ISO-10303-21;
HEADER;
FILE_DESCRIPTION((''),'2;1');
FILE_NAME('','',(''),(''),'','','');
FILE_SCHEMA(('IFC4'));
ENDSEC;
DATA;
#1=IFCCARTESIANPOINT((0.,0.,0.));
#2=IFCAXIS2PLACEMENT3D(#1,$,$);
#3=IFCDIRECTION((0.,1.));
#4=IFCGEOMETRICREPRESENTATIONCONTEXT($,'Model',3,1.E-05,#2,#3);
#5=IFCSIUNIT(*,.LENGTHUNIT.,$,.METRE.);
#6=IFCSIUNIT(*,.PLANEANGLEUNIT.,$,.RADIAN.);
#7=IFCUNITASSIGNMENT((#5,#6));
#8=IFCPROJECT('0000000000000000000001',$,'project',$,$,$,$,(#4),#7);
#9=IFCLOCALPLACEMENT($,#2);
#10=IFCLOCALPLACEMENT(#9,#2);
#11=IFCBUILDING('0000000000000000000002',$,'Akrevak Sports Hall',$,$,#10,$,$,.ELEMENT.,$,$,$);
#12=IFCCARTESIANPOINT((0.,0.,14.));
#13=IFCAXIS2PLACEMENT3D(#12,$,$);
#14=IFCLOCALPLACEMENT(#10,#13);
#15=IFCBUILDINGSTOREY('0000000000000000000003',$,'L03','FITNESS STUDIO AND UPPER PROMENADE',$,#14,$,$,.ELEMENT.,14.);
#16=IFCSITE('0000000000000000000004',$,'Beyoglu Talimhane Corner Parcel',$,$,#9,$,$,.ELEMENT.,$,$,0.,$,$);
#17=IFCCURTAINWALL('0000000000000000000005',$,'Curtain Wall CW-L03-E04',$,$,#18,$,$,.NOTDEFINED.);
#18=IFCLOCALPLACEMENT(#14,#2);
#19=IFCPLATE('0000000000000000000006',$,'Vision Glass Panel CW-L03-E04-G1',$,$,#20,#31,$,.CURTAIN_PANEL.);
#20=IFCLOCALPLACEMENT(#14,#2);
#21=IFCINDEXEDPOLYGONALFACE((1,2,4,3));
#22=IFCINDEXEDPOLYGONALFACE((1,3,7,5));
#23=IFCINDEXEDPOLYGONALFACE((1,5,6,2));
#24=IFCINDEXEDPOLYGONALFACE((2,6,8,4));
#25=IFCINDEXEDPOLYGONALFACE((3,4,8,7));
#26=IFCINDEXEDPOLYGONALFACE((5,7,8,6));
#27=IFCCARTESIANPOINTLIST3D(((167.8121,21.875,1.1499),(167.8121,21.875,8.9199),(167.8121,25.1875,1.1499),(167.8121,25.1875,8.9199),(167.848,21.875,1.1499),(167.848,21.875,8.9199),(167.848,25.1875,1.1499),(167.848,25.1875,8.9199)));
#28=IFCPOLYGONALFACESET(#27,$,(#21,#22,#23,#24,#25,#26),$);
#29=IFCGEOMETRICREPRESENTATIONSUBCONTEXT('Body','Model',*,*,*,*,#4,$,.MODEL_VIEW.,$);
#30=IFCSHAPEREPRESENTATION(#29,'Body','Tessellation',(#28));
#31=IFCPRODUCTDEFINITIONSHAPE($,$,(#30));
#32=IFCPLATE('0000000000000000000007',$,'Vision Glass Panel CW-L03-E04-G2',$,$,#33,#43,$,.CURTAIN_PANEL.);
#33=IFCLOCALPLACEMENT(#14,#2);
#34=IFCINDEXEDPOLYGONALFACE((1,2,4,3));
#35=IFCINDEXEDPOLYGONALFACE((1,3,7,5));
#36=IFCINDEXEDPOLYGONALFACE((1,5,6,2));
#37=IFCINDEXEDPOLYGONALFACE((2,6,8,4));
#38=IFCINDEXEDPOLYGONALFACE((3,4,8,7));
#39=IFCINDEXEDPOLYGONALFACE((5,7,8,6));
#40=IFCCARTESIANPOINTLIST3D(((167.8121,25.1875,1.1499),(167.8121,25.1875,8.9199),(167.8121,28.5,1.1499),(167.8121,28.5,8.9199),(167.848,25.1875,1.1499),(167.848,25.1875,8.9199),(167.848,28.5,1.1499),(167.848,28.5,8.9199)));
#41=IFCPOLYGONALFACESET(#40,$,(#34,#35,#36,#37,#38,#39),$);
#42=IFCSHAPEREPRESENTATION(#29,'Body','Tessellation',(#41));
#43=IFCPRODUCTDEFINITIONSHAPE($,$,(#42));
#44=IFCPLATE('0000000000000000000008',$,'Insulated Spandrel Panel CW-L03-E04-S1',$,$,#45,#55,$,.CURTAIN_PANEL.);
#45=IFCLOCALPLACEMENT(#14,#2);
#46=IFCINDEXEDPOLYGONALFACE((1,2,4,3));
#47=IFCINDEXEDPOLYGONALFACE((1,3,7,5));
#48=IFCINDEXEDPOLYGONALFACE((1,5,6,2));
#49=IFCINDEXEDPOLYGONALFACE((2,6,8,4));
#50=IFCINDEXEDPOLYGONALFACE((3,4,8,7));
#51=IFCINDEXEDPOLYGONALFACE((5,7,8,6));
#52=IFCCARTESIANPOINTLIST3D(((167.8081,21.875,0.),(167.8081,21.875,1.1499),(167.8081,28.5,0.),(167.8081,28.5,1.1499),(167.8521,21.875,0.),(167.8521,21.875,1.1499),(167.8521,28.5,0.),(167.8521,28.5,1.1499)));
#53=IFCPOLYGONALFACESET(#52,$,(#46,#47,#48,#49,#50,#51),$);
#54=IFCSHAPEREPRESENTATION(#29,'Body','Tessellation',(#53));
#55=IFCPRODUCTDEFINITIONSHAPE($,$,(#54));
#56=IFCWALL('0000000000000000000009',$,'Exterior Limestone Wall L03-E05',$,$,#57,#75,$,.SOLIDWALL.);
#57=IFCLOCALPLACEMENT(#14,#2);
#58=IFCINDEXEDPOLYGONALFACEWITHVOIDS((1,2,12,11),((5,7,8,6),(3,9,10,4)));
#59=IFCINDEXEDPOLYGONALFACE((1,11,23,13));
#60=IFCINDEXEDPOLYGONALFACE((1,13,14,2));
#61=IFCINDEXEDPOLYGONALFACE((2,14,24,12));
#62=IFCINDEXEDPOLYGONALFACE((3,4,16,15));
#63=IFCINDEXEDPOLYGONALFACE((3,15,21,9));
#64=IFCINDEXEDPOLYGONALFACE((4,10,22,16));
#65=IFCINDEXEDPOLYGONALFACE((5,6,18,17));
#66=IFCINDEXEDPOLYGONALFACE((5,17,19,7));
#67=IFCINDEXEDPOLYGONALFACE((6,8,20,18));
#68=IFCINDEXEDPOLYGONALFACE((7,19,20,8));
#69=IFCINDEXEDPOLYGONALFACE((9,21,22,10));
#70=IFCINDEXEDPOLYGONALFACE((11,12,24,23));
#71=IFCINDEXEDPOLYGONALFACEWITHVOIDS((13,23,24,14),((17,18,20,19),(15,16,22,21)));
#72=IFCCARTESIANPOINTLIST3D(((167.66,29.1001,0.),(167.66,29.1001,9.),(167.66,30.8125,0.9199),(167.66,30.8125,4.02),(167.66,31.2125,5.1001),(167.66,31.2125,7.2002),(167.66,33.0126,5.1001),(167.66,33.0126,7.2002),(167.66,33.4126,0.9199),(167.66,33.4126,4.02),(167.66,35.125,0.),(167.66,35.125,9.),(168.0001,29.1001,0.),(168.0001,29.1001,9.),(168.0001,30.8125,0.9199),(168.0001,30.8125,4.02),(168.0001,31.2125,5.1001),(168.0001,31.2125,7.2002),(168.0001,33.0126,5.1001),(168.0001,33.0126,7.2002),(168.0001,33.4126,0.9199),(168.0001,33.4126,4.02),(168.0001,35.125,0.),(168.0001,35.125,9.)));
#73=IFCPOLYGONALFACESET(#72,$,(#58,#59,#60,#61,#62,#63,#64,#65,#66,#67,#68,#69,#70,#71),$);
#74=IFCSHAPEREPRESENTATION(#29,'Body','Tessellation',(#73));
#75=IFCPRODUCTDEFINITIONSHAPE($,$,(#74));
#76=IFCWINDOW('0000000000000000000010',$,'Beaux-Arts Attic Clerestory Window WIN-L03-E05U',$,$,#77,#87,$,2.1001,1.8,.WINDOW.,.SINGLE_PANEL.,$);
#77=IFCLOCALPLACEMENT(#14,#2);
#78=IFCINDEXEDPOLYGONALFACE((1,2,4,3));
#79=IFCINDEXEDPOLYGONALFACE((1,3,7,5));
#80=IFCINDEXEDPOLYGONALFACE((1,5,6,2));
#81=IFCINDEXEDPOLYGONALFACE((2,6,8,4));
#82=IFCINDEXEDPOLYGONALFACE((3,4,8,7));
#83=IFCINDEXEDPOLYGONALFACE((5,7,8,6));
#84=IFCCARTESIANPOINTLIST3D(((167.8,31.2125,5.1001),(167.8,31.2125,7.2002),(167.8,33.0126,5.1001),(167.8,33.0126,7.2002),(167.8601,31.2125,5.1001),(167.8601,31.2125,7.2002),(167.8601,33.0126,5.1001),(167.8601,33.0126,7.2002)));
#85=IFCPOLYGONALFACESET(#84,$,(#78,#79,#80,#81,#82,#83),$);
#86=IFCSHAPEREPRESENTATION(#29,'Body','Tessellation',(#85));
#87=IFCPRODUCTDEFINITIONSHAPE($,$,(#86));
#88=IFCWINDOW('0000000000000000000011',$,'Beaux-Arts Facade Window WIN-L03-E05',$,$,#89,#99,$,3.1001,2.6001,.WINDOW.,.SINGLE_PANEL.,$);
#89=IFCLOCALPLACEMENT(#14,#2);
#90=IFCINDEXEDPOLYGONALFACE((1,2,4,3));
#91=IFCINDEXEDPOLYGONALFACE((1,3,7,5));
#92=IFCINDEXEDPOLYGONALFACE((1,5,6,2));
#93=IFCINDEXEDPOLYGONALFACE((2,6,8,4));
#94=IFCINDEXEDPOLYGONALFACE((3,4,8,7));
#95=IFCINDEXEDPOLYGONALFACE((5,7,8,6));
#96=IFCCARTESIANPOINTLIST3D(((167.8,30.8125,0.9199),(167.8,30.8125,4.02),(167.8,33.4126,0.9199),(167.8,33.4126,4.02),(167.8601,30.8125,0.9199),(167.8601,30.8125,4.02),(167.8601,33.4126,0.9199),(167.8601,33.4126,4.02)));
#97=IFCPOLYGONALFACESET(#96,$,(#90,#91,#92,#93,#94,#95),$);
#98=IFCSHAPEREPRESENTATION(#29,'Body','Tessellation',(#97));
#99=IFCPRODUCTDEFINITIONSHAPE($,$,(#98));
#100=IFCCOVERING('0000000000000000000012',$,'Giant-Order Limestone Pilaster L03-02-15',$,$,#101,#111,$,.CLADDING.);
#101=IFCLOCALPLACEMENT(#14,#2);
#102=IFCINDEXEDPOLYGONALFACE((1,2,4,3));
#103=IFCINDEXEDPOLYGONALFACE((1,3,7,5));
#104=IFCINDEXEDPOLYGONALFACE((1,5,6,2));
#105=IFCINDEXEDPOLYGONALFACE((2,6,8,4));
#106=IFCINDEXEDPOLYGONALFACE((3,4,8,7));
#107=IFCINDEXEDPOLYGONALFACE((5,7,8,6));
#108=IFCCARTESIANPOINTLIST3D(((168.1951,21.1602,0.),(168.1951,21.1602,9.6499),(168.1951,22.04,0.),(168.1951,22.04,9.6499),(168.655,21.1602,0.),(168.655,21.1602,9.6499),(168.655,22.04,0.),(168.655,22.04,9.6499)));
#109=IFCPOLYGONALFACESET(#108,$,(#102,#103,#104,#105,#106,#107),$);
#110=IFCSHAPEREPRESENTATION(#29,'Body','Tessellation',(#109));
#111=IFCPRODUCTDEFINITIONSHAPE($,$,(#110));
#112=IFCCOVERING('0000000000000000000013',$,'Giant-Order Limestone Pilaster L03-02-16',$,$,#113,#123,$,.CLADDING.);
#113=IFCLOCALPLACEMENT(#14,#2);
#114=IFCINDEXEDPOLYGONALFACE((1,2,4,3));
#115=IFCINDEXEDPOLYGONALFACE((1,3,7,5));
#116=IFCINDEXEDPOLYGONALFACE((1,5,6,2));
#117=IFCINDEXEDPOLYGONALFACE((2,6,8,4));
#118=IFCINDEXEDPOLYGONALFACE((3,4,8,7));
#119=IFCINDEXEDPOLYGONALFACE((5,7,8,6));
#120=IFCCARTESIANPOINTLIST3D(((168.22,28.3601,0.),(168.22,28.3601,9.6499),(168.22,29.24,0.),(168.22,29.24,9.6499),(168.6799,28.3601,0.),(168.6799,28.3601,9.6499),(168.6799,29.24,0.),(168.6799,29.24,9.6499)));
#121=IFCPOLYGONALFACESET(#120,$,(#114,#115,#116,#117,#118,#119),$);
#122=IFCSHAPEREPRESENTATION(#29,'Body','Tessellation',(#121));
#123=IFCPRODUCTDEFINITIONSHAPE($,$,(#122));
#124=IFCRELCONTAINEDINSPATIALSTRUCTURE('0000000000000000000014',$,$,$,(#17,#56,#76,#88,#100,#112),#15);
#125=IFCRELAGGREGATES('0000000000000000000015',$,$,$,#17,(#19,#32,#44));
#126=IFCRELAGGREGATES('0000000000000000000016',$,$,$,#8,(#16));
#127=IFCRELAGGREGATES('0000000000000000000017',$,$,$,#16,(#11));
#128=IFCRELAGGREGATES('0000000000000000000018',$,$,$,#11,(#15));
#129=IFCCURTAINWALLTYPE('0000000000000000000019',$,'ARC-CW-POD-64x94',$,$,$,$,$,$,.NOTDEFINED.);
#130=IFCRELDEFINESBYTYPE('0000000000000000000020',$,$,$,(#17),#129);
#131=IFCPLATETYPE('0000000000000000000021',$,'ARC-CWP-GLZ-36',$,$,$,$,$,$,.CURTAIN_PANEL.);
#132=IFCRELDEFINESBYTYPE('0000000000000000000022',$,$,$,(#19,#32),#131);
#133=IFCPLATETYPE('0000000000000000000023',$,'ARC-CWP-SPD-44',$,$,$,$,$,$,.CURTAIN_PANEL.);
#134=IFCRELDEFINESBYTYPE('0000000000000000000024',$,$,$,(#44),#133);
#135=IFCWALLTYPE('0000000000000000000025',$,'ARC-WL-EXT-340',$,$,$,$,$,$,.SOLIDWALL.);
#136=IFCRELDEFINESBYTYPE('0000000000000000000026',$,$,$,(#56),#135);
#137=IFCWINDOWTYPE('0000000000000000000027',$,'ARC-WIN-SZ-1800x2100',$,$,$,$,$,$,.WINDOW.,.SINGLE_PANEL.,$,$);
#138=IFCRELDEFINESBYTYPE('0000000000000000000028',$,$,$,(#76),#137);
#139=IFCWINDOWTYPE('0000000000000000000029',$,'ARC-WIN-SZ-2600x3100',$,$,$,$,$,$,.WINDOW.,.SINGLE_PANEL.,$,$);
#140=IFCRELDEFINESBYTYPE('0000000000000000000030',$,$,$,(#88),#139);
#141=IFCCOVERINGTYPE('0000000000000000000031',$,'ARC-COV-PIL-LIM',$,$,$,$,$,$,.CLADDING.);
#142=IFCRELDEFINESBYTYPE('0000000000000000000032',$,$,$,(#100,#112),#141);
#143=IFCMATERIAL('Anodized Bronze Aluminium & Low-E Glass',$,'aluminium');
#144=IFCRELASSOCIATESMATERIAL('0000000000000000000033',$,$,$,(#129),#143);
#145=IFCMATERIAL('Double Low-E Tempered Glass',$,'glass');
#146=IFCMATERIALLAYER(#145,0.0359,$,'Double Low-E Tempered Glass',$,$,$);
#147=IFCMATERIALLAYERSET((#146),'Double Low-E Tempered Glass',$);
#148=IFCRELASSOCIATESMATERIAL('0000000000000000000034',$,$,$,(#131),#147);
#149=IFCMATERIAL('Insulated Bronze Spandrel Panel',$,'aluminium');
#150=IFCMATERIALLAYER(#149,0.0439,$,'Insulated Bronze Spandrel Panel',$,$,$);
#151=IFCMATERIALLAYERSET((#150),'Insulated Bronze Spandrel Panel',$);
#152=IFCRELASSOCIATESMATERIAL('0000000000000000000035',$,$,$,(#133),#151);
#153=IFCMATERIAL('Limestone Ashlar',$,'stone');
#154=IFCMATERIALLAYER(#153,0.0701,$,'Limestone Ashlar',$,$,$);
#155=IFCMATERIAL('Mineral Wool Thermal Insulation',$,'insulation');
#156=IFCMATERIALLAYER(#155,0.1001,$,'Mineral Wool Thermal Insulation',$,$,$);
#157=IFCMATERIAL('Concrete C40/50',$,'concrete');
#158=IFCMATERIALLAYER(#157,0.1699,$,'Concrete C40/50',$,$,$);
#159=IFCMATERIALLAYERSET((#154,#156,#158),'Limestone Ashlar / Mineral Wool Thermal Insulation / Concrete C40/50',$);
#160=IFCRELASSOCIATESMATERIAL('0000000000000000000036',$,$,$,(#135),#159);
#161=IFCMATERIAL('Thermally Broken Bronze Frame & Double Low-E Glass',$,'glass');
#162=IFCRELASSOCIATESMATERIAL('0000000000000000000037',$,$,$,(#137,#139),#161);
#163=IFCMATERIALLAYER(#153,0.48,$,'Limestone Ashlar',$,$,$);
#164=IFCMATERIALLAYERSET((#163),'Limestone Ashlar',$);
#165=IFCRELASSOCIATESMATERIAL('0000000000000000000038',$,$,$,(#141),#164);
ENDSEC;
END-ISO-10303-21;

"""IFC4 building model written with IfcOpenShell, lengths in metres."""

from ifc_helpers import new_model, si_unit, direction, frame, frame_2d, origin, origin_2d, place, context, subcontext, project, spatial, rectangle, extrude, material, layer, layer_set, type_object, element, fill, aggregate, save


model = new_model("IFC4")

# Units and contexts
model_context = context("Model", 3, precision=1e-05, world=origin(), true_north=direction((0.0, 1.0)))
body_context = subcontext(model_context, "Body", "Model", "MODEL_VIEW")
ifc_project = project(units=[si_unit("LENGTHUNIT", "METRE"), si_unit("PLANEANGLEUNIT", "RADIAN")], contexts=[model_context])

# Site, building, storey
site_placement = place(None, origin())
site = spatial("IfcSite", under=ifc_project, at=site_placement, Name="Beyoglu Talimhane Corner Parcel", CompositionType="ELEMENT", RefElevation=0.0)
building_placement = place(site_placement, origin())
building = spatial("IfcBuilding", under=site, at=building_placement, Name="Akrevak Sports Hall", CompositionType="ELEMENT")
storey_placement = place(building_placement, frame((0.0, 0.0, 14.0)))
storey = spatial("IfcBuildingStorey", under=building, at=storey_placement, Name="L03", Description="FITNESS STUDIO AND UPPER PROMENADE", CompositionType="ELEMENT", Elevation=14.0)

# Shared definitions
ifc_material_1 = material(Name="Concrete C40/50", Category="concrete")

# Curtain wall
ifc_material_2 = material(Name="Anodized Bronze Aluminium & Low-E Glass", Category="aluminium")
curtain_wall_type = type_object("IfcCurtainWallType", Name="ARC-CW-POD-64x94", PredefinedType="NOTDEFINED", material=ifc_material_2)
curtain_wall_placement = place(storey_placement, origin())
curtain_wall = element("IfcCurtainWall", 1, at=curtain_wall_placement, inside=storey, type_object=curtain_wall_type, Name="Curtain Wall CW-L03-E04", PredefinedType="NOTDEFINED")

# Plates
ifc_material_3 = material(Name="Double Low-E Tempered Glass", Category="glass")
ifc_layer_1 = layer(ifc_material_3, 0.0359, Name="Double Low-E Tempered Glass")
ifc_layer_set_1 = layer_set([ifc_layer_1], Name="Double Low-E Tempered Glass")
plate_type_1 = type_object("IfcPlateType", Name="ARC-CWP-GLZ-36", PredefinedType="CURTAIN_PANEL", material=ifc_layer_set_1)
plate_1_placement = place(storey_placement, frame((167.8301, 23.5312, 1.1499), z_axis=(0.0, 0.0, 1.0), x_axis=(0.0, 1.0, 0.0)))
plate_1 = element("IfcPlate", 2, at=plate_1_placement, type_object=plate_type_1, Name="Vision Glass Panel CW-L03-E04-G1", PredefinedType="CURTAIN_PANEL", context=body_context, shape_type="SweptSolid", body=[
    extrude(rectangle(XDim=3.3125, YDim=0.0359, at=origin_2d()), origin(), (0.0, 0.0, 1.0), 7.77),
])
plate_2_placement = place(storey_placement, frame((167.8301, 26.8438, 1.1499), z_axis=(0.0, 0.0, 1.0), x_axis=(0.0, 1.0, 0.0)))
plate_2 = element("IfcPlate", 3, at=plate_2_placement, type_object=plate_type_1, Name="Vision Glass Panel CW-L03-E04-G2", PredefinedType="CURTAIN_PANEL", context=body_context, shape_type="SweptSolid", body=[
    extrude(rectangle(XDim=3.3125, YDim=0.0359, at=origin_2d()), origin(), (0.0, 0.0, 1.0), 7.77),
])
ifc_material_4 = material(Name="Insulated Bronze Spandrel Panel", Category="aluminium")
ifc_layer_2 = layer(ifc_material_4, 0.0439, Name="Insulated Bronze Spandrel Panel")
ifc_layer_set_2 = layer_set([ifc_layer_2], Name="Insulated Bronze Spandrel Panel")
plate_type_2 = type_object("IfcPlateType", Name="ARC-CWP-SPD-44", PredefinedType="CURTAIN_PANEL", material=ifc_layer_set_2)
plate_3_placement = place(storey_placement, frame((167.8301, 25.1875, 0.0), z_axis=(0.0, 0.0, 1.0), x_axis=(0.0, 1.0, 0.0)))
plate_3 = element("IfcPlate", 4, at=plate_3_placement, type_object=plate_type_2, Name="Insulated Spandrel Panel CW-L03-E04-S1", PredefinedType="CURTAIN_PANEL", context=body_context, shape_type="SweptSolid", body=[
    extrude(rectangle(XDim=6.625, YDim=0.0439, at=origin_2d()), origin(), (0.0, 0.0, 1.0), 1.1499),
])
aggregate(curtain_wall, [plate_1, plate_2, plate_3])

# Wall, openings, windows
ifc_material_5 = material(Name="Limestone Ashlar", Category="stone")
ifc_layer_3 = layer(ifc_material_5, 0.0701, Name="Limestone Ashlar")
ifc_material_6 = material(Name="Mineral Wool Thermal Insulation", Category="insulation")
ifc_layer_4 = layer(ifc_material_6, 0.1001, Name="Mineral Wool Thermal Insulation")
ifc_layer_5 = layer(ifc_material_1, 0.1699, Name="Concrete C40/50")
ifc_layer_set_3 = layer_set([ifc_layer_3, ifc_layer_4, ifc_layer_5], Name="Limestone Ashlar / Mineral Wool Thermal Insulation / Concrete C40/50")
wall_type = type_object("IfcWallType", Name="ARC-WL-EXT-340", PredefinedType="SOLIDWALL", material=ifc_layer_set_3)
wall_placement = place(storey_placement, frame((167.8301, 29.1001, 0.0), z_axis=(0.0, 0.0, 1.0), x_axis=(0.0, 1.0, 0.0)))
wall = element("IfcWall", 5, at=wall_placement, inside=storey, type_object=wall_type, Name="Exterior Limestone Wall L03-E05", PredefinedType="SOLIDWALL", context=body_context, shape_type="SweptSolid", body=[
    extrude(rectangle(XDim=6.0249, YDim=0.3401, at=frame_2d((3.0125, 0.0))), origin(), (0.0, 0.0, 1.0), 9.0),
])
opening_1_placement = place(wall_placement, frame((1.7124, 0.0, 0.9199)))
opening_1 = element("IfcOpeningElement", 6, at=opening_1_placement, cuts=wall, PredefinedType="OPENING", context=body_context, shape_type="SweptSolid", body=[
    extrude(rectangle(XDim=2.6001, YDim=3.1001, at=frame_2d((1.3, 1.55))), frame((0.0, 0.1821, 0.0), z_axis=(0.0, -1.0, 0.0), x_axis=(1.0, 0.0, 0.0)), (0.0, 0.0, 1.0), 0.364),
])
opening_2_placement = place(wall_placement, frame((2.1125, 0.0, 5.1001)))
opening_2 = element("IfcOpeningElement", 7, at=opening_2_placement, cuts=wall, PredefinedType="OPENING", context=body_context, shape_type="SweptSolid", body=[
    extrude(rectangle(XDim=1.8, YDim=2.1001, at=frame_2d((0.8999, 1.05))), frame((0.0, 0.1821, 0.0), z_axis=(0.0, -1.0, 0.0), x_axis=(1.0, 0.0, 0.0)), (0.0, 0.0, 1.0), 0.364),
])
ifc_material_7 = material(Name="Thermally Broken Bronze Frame & Double Low-E Glass", Category="glass")
window_type_1 = type_object("IfcWindowType", Name="ARC-WIN-SZ-1800x2100", PartitioningType="SINGLE_PANEL", PredefinedType="WINDOW", material=ifc_material_7)
window_1_placement = place(opening_2_placement, origin())
window_1 = element("IfcWindow", 8, at=window_1_placement, inside=storey, type_object=window_type_1, Name="Beaux-Arts Attic Clerestory Window WIN-L03-E05U", OverallHeight=2.1001, OverallWidth=1.8, PartitioningType="SINGLE_PANEL", PredefinedType="WINDOW", context=body_context, shape_type="SweptSolid", body=[
    extrude(rectangle(XDim=1.8, YDim=2.1001, at=frame_2d((0.8999, 1.05))), frame((0.0, 0.03, 0.0), z_axis=(0.0, -1.0, 0.0), x_axis=(1.0, 0.0, 0.0)), (0.0, 0.0, 1.0), 0.0601),
])
fill(opening_2, window_1)
window_type_2 = type_object("IfcWindowType", Name="ARC-WIN-SZ-2600x3100", PartitioningType="SINGLE_PANEL", PredefinedType="WINDOW", material=ifc_material_7)
window_2_placement = place(opening_1_placement, origin())
window_2 = element("IfcWindow", 9, at=window_2_placement, inside=storey, type_object=window_type_2, Name="Beaux-Arts Facade Window WIN-L03-E05", OverallHeight=3.1001, OverallWidth=2.6001, PartitioningType="SINGLE_PANEL", PredefinedType="WINDOW", context=body_context, shape_type="SweptSolid", body=[
    extrude(rectangle(XDim=2.6001, YDim=3.1001, at=frame_2d((1.3, 1.55))), frame((0.0, 0.03, 0.0), z_axis=(0.0, -1.0, 0.0), x_axis=(1.0, 0.0, 0.0)), (0.0, 0.0, 1.0), 0.0601),
])
fill(opening_1, window_2)

# Coverings
ifc_layer_6 = layer(ifc_material_5, 0.48, Name="Limestone Ashlar")
ifc_layer_set_4 = layer_set([ifc_layer_6], Name="Limestone Ashlar")
covering_type = type_object("IfcCoveringType", Name="ARC-COV-PIL-LIM", PredefinedType="CLADDING", material=ifc_layer_set_4)
for number, where, z_axis, x_axis, name in (
    (10, (168.425, 21.6001, 0.0), (0.0, 0.0, 1.0), (0.0, 1.0, 0.0), "Giant-Order Limestone Pilaster L03-02-15"),
    (11, (168.45, 28.8, 0.0), (0.0, 0.0, 1.0), (0.0, 1.0, 0.0), "Giant-Order Limestone Pilaster L03-02-16"),
):
    element("IfcCovering", number, at=place(storey_placement, frame(where, z_axis=z_axis, x_axis=x_axis)), inside=storey, type_object=covering_type, Name=name, PredefinedType="CLADDING", context=body_context, shape_type="SweptSolid", body=[
        extrude(rectangle(XDim=0.8799, YDim=0.46, at=origin_2d()), origin(), (0.0, 0.0, 1.0), 9.6499),
    ])

save(model, "model.ifc")
